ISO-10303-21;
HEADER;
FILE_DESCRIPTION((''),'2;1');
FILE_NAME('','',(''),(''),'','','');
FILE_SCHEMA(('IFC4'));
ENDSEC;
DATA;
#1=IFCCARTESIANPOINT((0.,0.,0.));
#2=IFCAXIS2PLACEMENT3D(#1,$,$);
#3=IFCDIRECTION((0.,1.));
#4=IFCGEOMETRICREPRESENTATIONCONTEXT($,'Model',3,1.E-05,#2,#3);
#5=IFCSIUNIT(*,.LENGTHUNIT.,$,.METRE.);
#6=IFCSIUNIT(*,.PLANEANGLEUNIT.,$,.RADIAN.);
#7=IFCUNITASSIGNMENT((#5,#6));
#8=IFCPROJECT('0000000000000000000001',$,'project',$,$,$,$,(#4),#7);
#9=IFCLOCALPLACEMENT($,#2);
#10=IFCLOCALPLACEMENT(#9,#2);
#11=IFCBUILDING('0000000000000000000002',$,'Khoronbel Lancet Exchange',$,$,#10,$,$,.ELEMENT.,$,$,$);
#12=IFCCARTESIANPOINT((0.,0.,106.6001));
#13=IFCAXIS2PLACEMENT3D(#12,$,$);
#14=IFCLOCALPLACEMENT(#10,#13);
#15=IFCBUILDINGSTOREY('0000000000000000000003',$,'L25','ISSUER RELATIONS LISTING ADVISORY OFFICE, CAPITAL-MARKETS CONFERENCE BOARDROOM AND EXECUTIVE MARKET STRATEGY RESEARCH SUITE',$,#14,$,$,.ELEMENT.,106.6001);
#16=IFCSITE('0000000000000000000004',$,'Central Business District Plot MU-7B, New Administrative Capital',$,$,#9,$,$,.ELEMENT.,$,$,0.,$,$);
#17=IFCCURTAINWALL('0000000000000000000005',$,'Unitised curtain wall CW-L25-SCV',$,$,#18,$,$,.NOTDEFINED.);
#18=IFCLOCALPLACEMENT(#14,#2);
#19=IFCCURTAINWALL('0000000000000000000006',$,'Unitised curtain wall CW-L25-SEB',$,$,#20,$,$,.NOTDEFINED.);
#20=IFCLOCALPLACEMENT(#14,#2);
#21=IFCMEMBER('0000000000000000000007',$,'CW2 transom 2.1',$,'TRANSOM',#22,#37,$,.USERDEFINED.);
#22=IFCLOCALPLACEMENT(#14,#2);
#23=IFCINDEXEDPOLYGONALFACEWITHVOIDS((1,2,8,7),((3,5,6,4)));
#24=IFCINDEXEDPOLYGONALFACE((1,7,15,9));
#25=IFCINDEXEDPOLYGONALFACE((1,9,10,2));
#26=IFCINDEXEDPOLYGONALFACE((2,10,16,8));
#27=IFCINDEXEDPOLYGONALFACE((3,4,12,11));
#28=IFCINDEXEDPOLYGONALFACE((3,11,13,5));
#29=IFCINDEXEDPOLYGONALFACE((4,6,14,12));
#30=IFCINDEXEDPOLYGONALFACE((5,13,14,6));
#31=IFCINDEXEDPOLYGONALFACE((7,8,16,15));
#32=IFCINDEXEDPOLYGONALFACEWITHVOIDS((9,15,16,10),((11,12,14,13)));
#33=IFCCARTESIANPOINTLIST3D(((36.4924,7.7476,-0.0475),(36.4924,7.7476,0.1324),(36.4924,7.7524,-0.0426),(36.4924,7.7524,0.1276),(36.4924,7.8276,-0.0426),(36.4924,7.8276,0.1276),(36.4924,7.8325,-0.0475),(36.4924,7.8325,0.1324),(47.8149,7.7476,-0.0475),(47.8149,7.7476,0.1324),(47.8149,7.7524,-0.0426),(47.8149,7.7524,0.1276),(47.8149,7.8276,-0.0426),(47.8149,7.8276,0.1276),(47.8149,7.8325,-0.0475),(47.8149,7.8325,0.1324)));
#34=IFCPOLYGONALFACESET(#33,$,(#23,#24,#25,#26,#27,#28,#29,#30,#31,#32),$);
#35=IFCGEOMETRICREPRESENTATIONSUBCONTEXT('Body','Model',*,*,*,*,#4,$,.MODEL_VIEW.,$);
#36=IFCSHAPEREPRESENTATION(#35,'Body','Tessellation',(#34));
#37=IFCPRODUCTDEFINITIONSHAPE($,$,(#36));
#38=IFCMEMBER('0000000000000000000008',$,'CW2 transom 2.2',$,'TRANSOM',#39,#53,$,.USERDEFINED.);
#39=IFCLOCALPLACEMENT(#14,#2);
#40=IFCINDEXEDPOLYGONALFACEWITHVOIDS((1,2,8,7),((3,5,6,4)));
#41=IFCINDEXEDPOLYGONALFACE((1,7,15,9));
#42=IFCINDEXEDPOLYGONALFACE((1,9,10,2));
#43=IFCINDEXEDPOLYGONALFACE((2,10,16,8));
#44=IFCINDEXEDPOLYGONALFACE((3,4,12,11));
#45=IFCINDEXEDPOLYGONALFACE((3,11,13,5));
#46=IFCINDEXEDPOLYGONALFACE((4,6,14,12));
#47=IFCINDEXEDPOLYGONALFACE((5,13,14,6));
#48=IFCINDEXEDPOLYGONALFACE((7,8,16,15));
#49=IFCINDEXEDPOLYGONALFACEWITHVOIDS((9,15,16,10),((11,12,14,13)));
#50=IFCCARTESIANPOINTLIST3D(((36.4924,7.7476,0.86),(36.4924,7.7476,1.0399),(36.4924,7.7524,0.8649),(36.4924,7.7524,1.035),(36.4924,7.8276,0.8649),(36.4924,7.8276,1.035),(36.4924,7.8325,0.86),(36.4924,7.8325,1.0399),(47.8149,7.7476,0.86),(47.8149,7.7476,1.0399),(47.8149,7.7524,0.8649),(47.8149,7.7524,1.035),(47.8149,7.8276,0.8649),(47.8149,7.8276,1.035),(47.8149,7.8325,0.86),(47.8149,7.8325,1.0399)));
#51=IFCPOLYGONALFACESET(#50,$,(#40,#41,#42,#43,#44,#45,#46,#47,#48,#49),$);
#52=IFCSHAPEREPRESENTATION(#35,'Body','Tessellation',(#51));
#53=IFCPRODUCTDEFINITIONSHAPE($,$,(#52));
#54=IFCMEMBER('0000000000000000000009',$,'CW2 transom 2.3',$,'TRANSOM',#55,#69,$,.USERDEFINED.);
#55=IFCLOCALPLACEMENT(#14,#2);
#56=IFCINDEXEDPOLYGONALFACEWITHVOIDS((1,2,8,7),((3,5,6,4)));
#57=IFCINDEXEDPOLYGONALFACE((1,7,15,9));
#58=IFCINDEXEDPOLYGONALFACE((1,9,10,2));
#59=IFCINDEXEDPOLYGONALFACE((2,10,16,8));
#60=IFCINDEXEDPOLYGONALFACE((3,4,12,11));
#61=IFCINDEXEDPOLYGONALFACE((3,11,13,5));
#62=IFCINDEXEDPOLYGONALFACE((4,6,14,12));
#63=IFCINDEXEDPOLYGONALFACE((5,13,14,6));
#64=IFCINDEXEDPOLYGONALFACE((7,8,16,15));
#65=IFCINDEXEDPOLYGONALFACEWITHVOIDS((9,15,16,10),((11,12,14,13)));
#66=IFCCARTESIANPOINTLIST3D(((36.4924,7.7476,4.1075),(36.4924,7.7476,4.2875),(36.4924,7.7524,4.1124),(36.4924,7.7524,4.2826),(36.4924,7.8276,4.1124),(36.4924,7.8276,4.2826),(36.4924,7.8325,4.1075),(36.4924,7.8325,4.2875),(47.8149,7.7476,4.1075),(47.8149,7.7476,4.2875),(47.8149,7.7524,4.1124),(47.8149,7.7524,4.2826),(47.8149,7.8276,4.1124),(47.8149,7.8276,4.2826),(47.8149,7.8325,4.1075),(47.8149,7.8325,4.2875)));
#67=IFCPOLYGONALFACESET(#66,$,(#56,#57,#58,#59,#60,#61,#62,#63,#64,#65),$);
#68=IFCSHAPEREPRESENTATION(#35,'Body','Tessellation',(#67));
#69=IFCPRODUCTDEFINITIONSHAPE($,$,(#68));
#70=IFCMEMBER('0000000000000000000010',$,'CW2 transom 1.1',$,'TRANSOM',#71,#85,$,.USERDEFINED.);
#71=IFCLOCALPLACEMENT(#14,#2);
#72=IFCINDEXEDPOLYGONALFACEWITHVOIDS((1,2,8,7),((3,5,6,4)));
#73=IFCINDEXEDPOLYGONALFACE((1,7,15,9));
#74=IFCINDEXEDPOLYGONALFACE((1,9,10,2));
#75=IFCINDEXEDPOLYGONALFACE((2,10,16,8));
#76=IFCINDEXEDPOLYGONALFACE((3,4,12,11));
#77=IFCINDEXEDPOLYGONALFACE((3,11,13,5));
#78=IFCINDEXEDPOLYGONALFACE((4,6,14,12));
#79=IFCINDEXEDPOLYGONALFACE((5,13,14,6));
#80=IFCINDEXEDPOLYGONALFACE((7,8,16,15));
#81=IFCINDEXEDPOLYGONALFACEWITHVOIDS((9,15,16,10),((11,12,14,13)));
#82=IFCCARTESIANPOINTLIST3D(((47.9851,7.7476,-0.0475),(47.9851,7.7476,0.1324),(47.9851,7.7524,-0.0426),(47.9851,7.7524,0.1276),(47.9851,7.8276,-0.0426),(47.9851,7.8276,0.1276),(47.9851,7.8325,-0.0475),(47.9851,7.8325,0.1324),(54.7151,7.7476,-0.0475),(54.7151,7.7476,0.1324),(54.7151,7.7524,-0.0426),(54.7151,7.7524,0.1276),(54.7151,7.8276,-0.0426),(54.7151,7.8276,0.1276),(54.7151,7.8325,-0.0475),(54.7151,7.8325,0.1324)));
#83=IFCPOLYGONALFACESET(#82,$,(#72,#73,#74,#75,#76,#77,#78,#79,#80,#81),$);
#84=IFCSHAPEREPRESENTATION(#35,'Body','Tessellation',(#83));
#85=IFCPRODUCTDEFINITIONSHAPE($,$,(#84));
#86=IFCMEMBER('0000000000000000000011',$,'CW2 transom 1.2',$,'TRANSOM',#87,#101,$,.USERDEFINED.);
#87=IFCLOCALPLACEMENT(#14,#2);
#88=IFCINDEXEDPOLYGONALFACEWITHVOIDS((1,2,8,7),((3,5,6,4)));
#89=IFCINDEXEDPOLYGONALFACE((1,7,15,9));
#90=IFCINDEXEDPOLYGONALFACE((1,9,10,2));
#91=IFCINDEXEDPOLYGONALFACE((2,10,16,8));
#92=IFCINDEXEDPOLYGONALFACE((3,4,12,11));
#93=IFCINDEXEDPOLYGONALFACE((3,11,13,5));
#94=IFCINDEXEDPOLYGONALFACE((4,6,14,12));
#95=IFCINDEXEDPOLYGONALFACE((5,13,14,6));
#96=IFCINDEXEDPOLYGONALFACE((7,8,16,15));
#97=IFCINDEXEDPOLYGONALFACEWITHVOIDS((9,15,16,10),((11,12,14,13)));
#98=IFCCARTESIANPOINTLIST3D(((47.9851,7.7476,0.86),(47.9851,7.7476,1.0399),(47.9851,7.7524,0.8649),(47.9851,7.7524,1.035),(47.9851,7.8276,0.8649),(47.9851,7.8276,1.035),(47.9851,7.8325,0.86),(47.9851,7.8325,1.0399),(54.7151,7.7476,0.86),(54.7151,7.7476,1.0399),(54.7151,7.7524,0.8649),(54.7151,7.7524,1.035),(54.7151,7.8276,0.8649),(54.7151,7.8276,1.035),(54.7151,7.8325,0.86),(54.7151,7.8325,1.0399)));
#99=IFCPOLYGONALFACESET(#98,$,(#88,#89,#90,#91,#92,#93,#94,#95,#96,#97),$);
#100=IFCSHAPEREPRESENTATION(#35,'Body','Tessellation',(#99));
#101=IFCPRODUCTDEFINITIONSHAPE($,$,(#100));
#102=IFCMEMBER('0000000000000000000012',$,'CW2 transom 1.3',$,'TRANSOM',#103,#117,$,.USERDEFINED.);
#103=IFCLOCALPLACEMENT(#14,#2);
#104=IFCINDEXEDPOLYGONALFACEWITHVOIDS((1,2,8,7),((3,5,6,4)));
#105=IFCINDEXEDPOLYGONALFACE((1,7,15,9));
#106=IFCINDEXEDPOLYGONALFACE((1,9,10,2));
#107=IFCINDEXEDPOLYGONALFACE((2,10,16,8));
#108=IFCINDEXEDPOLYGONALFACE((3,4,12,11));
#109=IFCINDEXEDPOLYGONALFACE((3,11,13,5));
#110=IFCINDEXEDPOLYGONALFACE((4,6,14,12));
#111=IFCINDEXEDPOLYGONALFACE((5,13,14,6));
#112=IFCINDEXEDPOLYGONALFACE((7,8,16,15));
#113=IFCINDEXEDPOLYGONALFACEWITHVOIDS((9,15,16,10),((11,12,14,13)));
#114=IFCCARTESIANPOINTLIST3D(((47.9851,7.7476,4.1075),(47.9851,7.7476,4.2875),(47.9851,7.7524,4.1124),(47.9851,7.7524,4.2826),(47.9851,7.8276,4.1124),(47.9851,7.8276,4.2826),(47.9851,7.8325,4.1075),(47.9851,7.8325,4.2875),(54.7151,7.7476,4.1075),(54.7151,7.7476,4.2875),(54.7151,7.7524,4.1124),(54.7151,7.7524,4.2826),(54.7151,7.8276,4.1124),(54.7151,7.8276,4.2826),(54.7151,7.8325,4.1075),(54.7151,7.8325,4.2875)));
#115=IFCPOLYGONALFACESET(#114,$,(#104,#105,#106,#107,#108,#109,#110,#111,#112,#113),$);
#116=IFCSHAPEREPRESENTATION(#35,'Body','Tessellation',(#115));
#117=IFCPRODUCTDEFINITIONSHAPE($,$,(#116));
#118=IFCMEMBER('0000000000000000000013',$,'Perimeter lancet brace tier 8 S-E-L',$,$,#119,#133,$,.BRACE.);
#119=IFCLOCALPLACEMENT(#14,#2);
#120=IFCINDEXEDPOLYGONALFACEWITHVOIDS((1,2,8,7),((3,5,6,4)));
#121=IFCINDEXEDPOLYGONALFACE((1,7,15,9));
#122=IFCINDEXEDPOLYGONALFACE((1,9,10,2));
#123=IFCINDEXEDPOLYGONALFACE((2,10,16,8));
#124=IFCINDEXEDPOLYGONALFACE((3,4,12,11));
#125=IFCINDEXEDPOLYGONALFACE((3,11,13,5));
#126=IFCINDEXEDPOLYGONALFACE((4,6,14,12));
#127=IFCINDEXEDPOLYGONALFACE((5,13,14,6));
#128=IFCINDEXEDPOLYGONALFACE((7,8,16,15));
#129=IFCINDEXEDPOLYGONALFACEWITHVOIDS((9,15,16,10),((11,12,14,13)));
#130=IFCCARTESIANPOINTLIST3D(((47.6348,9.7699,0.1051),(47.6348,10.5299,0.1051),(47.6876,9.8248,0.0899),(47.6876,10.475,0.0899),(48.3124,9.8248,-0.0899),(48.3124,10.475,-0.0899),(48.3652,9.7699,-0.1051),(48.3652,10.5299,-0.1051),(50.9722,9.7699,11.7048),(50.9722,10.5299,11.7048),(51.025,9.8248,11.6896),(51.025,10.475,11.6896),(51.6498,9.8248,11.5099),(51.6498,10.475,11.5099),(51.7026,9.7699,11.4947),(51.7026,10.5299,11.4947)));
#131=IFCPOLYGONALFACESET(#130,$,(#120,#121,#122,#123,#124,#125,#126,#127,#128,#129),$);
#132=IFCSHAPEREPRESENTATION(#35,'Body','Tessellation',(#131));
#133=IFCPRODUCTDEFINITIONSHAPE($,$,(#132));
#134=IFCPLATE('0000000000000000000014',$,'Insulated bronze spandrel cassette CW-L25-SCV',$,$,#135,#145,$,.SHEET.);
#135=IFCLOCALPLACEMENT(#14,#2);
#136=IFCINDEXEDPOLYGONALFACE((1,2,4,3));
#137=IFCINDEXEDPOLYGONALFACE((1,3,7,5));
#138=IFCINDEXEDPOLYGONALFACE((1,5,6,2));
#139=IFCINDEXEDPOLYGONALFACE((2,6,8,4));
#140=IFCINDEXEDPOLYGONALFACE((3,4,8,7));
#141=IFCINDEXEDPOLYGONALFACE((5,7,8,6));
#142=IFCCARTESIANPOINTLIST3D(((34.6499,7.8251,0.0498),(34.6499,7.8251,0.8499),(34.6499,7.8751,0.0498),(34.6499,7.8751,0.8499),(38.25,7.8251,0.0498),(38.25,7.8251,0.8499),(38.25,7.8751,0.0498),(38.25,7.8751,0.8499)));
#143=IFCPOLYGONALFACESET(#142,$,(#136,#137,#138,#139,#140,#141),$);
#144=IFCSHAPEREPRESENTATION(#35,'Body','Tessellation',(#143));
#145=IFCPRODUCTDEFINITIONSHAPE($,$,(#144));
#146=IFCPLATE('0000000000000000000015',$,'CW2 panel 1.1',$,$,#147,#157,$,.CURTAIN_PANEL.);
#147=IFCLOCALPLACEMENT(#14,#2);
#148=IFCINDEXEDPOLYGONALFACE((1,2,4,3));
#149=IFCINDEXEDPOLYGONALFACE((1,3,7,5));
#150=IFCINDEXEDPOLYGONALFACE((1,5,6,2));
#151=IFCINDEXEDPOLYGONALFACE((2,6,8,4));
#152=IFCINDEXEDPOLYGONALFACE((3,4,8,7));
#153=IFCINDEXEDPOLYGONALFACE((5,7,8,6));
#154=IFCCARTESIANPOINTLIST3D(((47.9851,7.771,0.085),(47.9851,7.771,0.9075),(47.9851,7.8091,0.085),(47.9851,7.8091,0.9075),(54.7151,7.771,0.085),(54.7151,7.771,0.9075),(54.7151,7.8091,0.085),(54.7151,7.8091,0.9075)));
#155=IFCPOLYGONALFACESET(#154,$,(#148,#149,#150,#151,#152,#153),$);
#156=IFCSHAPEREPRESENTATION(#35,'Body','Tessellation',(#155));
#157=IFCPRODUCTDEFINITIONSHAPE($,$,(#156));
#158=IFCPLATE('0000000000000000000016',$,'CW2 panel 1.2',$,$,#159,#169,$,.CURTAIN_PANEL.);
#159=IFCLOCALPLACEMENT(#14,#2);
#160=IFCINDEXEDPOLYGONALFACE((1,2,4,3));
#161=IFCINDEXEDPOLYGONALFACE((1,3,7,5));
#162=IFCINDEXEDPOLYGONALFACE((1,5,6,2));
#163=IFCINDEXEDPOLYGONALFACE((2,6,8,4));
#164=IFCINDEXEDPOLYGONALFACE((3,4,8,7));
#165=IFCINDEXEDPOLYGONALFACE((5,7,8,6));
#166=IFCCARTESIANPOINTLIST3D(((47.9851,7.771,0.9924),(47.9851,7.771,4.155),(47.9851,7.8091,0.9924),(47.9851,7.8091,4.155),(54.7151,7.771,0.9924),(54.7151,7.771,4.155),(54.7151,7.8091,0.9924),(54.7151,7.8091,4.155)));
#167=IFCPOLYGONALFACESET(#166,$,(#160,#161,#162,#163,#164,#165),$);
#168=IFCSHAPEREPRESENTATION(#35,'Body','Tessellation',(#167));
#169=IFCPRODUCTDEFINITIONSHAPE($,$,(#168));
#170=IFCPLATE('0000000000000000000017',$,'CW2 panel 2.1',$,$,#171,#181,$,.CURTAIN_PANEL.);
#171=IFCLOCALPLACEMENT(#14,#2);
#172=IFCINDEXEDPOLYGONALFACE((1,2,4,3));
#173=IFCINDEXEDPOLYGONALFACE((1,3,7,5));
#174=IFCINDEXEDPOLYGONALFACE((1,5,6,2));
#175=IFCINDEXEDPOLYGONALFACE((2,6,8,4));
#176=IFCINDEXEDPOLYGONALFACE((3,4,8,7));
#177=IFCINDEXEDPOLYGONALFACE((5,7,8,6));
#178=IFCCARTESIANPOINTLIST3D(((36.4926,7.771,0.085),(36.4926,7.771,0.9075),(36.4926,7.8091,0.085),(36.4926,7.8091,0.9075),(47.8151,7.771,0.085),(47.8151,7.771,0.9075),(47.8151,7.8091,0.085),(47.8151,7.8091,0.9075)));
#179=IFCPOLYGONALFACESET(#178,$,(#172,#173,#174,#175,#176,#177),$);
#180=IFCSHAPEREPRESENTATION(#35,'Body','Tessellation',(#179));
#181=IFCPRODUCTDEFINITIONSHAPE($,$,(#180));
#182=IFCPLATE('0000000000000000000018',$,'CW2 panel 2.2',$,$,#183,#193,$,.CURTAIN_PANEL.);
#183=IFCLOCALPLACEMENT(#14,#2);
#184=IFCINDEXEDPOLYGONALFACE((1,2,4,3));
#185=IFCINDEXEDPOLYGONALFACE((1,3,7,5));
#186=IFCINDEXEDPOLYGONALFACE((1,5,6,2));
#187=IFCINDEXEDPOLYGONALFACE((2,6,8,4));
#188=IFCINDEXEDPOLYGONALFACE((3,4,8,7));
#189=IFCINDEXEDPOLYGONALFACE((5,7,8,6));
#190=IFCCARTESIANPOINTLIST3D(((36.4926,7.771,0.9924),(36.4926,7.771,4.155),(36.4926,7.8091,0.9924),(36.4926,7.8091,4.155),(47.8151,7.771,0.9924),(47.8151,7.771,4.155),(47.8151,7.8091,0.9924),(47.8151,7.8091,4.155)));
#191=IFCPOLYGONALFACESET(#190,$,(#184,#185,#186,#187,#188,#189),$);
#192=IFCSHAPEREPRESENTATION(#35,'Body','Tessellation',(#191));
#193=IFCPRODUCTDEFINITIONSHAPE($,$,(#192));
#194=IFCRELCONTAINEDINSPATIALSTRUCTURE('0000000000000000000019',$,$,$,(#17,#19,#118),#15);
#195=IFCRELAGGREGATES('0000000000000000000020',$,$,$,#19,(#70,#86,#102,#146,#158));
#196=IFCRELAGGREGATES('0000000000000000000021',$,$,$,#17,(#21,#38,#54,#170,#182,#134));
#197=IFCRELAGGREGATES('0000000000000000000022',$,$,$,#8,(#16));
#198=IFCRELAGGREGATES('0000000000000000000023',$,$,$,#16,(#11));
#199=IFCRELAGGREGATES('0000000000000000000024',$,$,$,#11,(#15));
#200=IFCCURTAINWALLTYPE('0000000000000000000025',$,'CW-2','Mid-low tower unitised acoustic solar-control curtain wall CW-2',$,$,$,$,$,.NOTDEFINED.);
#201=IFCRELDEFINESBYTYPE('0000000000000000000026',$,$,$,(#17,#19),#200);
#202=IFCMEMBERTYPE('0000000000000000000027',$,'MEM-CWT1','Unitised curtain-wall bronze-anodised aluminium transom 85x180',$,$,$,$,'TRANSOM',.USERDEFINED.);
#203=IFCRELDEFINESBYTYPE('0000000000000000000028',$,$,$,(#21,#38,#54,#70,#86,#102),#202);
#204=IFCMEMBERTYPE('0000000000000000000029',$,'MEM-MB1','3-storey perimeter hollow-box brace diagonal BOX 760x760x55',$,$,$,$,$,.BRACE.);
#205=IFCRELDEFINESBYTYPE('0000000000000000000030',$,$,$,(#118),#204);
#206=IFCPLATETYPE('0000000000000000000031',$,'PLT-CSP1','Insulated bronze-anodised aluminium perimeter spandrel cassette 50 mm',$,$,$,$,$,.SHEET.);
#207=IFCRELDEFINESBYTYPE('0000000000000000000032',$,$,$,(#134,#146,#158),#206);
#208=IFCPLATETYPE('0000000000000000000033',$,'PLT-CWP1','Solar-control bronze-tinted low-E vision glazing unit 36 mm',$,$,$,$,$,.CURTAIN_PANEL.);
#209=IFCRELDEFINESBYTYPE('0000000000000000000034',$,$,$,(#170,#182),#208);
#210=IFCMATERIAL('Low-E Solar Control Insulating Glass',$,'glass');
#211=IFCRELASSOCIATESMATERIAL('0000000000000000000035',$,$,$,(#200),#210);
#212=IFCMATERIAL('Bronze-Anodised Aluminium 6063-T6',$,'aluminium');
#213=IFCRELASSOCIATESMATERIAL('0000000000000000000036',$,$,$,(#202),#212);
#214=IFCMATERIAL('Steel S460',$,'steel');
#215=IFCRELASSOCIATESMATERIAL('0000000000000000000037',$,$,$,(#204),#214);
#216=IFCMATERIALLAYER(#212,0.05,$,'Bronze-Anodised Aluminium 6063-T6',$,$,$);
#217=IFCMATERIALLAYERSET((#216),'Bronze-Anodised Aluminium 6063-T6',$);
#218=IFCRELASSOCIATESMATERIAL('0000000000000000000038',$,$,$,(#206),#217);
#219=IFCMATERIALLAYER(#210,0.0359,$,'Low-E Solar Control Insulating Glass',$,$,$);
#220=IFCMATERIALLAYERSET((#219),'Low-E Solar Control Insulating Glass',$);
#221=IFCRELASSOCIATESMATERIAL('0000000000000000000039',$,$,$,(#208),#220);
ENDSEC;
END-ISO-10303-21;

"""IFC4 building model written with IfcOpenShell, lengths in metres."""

from ifc_helpers import new_model, si_unit, direction, frame, origin, origin_2d, place, context, subcontext, project, spatial, rectangle, hollow_rectangle, extrude, material, layer, layer_set, material_profile, profile_set, type_object, element, aggregate, save


model = new_model("IFC4")

# Units and contexts
model_context = context("Model", 3, precision=1e-05, world=origin(), true_north=direction((0.0, 1.0)))
body_context = subcontext(model_context, "Body", "Model", "MODEL_VIEW")
ifc_project = project(units=[si_unit("LENGTHUNIT", "METRE"), si_unit("PLANEANGLEUNIT", "RADIAN")], contexts=[model_context])

# Site, building, storey
site_placement = place(None, origin())
site = spatial("IfcSite", under=ifc_project, at=site_placement, Name="Central Business District Plot MU-7B, New Administrative Capital", CompositionType="ELEMENT", RefElevation=0.0)
building_placement = place(site_placement, origin())
building = spatial("IfcBuilding", under=site, at=building_placement, Name="Khoronbel Lancet Exchange", CompositionType="ELEMENT")
storey_placement = place(building_placement, frame((0.0, 0.0, 106.6001)))
storey = spatial("IfcBuildingStorey", under=building, at=storey_placement, Name="L25", Description="ISSUER RELATIONS LISTING ADVISORY OFFICE, CAPITAL-MARKETS CONFERENCE BOARDROOM AND EXECUTIVE MARKET STRATEGY RESEARCH SUITE", CompositionType="ELEMENT", Elevation=106.6001)

# Shared definitions
ifc_material_1 = material(Name="Steel S460", Category="steel")

# Curtain wall
ifc_material_2 = material(Name="Low-E Solar Control Insulating Glass", Category="glass")
curtain_wall_type = type_object("IfcCurtainWallType", Name="CW-2", Description="Mid-low tower unitised acoustic solar-control curtain wall CW-2", PredefinedType="NOTDEFINED", material=ifc_material_2)
curtain_wall_1_placement = place(storey_placement, origin())
curtain_wall_1 = element("IfcCurtainWall", 1, at=curtain_wall_1_placement, inside=storey, type_object=curtain_wall_type, Name="Unitised curtain wall CW-L25-SCV", PredefinedType="NOTDEFINED")
ifc_material_3 = material(Name="Bronze-Anodised Aluminium 6063-T6", Category="aluminium")

# Curtain wall
curtain_wall_2_placement = place(storey_placement, origin())
curtain_wall_2 = element("IfcCurtainWall", 2, at=curtain_wall_2_placement, inside=storey, type_object=curtain_wall_type, Name="Unitised curtain wall CW-L25-SEB", PredefinedType="NOTDEFINED")

# Members
ifc_material_profile_1 = material_profile(ifc_material_3, hollow_rectangle(XDim=0.085, YDim=0.1799, WallThickness=0.0049, at=origin_2d()), Name="ALU TRANSOM 85x180")
ifc_profile_set_1 = profile_set([ifc_material_profile_1], Name="Bronze-Anodised Aluminium 6063-T6")
member_type_1 = type_object("IfcMemberType", Name="MEM-CWT1", Description="Unitised curtain-wall bronze-anodised aluminium transom 85x180", ElementType="TRANSOM", PredefinedType="USERDEFINED", material=ifc_profile_set_1)
member_1_placement = place(storey_placement, frame((36.4924, 7.79, 0.0425), z_axis=(1.0, 0.0, 0.0), x_axis=(0.0, 1.0, 0.0)))
member_1 = element("IfcMember", 3, at=member_1_placement, type_object=member_type_1, Name="CW2 transom 2.1", ObjectType="TRANSOM", PredefinedType="USERDEFINED", context=body_context, shape_type="SweptSolid", body=[
    extrude(hollow_rectangle(XDim=0.085, YDim=0.1799, WallThickness=0.0049, at=origin_2d()), origin(), (0.0, 0.0, 1.0), 11.3225),
])
member_2_placement = place(storey_placement, frame((36.4924, 7.79, 0.95), z_axis=(1.0, 0.0, 0.0), x_axis=(0.0, 1.0, 0.0)))
member_2 = element("IfcMember", 4, at=member_2_placement, type_object=member_type_1, Name="CW2 transom 2.2", ObjectType="TRANSOM", PredefinedType="USERDEFINED", context=body_context, shape_type="SweptSolid", body=[
    extrude(hollow_rectangle(XDim=0.085, YDim=0.1799, WallThickness=0.0049, at=origin_2d()), origin(), (0.0, 0.0, 1.0), 11.3225),
])
member_3_placement = place(storey_placement, frame((36.4924, 7.79, 4.1975), z_axis=(1.0, 0.0, 0.0), x_axis=(0.0, 1.0, 0.0)))
member_3 = element("IfcMember", 5, at=member_3_placement, type_object=member_type_1, Name="CW2 transom 2.3", ObjectType="TRANSOM", PredefinedType="USERDEFINED", context=body_context, shape_type="SweptSolid", body=[
    extrude(hollow_rectangle(XDim=0.085, YDim=0.1799, WallThickness=0.0049, at=origin_2d()), origin(), (0.0, 0.0, 1.0), 11.3225),
])
member_4_placement = place(storey_placement, frame((47.9851, 7.79, 0.0425), z_axis=(1.0, 0.0, 0.0), x_axis=(0.0, 1.0, 0.0)))
member_4 = element("IfcMember", 6, at=member_4_placement, type_object=member_type_1, Name="CW2 transom 1.1", ObjectType="TRANSOM", PredefinedType="USERDEFINED", context=body_context, shape_type="SweptSolid", body=[
    extrude(hollow_rectangle(XDim=0.085, YDim=0.1799, WallThickness=0.0049, at=origin_2d()), origin(), (0.0, 0.0, 1.0), 6.73),
])
member_5_placement = place(storey_placement, frame((47.9851, 7.79, 0.95), z_axis=(1.0, 0.0, 0.0), x_axis=(0.0, 1.0, 0.0)))
member_5 = element("IfcMember", 7, at=member_5_placement, type_object=member_type_1, Name="CW2 transom 1.2", ObjectType="TRANSOM", PredefinedType="USERDEFINED", context=body_context, shape_type="SweptSolid", body=[
    extrude(hollow_rectangle(XDim=0.085, YDim=0.1799, WallThickness=0.0049, at=origin_2d()), origin(), (0.0, 0.0, 1.0), 6.73),
])
member_6_placement = place(storey_placement, frame((47.9851, 7.79, 4.1975), z_axis=(1.0, 0.0, 0.0), x_axis=(0.0, 1.0, 0.0)))
member_6 = element("IfcMember", 8, at=member_6_placement, type_object=member_type_1, Name="CW2 transom 1.3", ObjectType="TRANSOM", PredefinedType="USERDEFINED", context=body_context, shape_type="SweptSolid", body=[
    extrude(hollow_rectangle(XDim=0.085, YDim=0.1799, WallThickness=0.0049, at=origin_2d()), origin(), (0.0, 0.0, 1.0), 6.73),
])
ifc_material_profile_2 = material_profile(ifc_material_1, hollow_rectangle(XDim=0.76, YDim=0.76, WallThickness=0.0549, at=origin_2d()), Name="BOX 760x760x55")
ifc_profile_set_2 = profile_set([ifc_material_profile_2], Name="Steel S460")
member_type_2 = type_object("IfcMemberType", Name="MEM-MB1", Description="3-storey perimeter hollow-box brace diagonal BOX 760x760x55", PredefinedType="BRACE", material=ifc_profile_set_2)
member_7_placement = place(storey_placement, frame((48.0, 10.1499, 0.0), z_axis=(0.276494, 0.0, 0.961016), x_axis=(0.0, 1.0, 0.0)))
element("IfcMember", 9, at=member_7_placement, inside=storey, type_object=member_type_2, Name="Perimeter lancet brace tier 8 S-E-L", PredefinedType="BRACE", context=body_context, shape_type="SweptSolid", body=[
    extrude(hollow_rectangle(XDim=0.76, YDim=0.76, WallThickness=0.0549, at=origin_2d()), origin(), (0.0, 0.0, 1.0), 12.0703),
])

# Plates
ifc_layer_1 = layer(ifc_material_3, 0.05, Name="Bronze-Anodised Aluminium 6063-T6")
ifc_layer_set_1 = layer_set([ifc_layer_1], Name="Bronze-Anodised Aluminium 6063-T6")
plate_type_1 = type_object("IfcPlateType", Name="PLT-CSP1", Description="Insulated bronze-anodised aluminium perimeter spandrel cassette 50 mm", PredefinedType="SHEET", material=ifc_layer_set_1)
plate_1_placement = place(storey_placement, frame((36.45, 7.8501, 0.0498), z_axis=(0.0, 0.0, 1.0), x_axis=(1.0, 0.0, 0.0)))
plate_1 = element("IfcPlate", 10, at=plate_1_placement, type_object=plate_type_1, Name="Insulated bronze spandrel cassette CW-L25-SCV", PredefinedType="SHEET", context=body_context, shape_type="SweptSolid", body=[
    extrude(rectangle(XDim=3.6001, YDim=0.05, at=origin_2d()), origin(), (0.0, 0.0, 1.0), 0.8),
])
plate_2_placement = place(storey_placement, frame((51.3501, 7.79, 0.085), z_axis=(0.0, 0.0, 1.0), x_axis=(1.0, 0.0, 0.0)))
plate_2 = element("IfcPlate", 11, at=plate_2_placement, type_object=plate_type_1, Name="CW2 panel 1.1", PredefinedType="CURTAIN_PANEL", context=body_context, shape_type="SweptSolid", body=[
    extrude(rectangle(XDim=6.73, YDim=0.0381, at=origin_2d()), origin(), (0.0, 0.0, 1.0), 0.8225),
])
plate_3_placement = place(storey_placement, frame((51.3501, 7.79, 0.9924), z_axis=(0.0, 0.0, 1.0), x_axis=(1.0, 0.0, 0.0)))
plate_3 = element("IfcPlate", 12, at=plate_3_placement, type_object=plate_type_1, Name="CW2 panel 1.2", PredefinedType="CURTAIN_PANEL", context=body_context, shape_type="SweptSolid", body=[
    extrude(rectangle(XDim=6.73, YDim=0.0381, at=origin_2d()), origin(), (0.0, 0.0, 1.0), 3.1626),
])
aggregate(curtain_wall_2, [member_4, member_5, member_6, plate_2, plate_3])
ifc_layer_2 = layer(ifc_material_2, 0.0359, Name="Low-E Solar Control Insulating Glass")
ifc_layer_set_2 = layer_set([ifc_layer_2], Name="Low-E Solar Control Insulating Glass")
plate_type_2 = type_object("IfcPlateType", Name="PLT-CWP1", Description="Solar-control bronze-tinted low-E vision glazing unit 36 mm", PredefinedType="CURTAIN_PANEL", material=ifc_layer_set_2)
plate_4_placement = place(storey_placement, frame((42.1538, 7.79, 0.085), z_axis=(0.0, 0.0, 1.0), x_axis=(1.0, 0.0, 0.0)))
plate_4 = element("IfcPlate", 13, at=plate_4_placement, type_object=plate_type_2, Name="CW2 panel 2.1", PredefinedType="CURTAIN_PANEL", context=body_context, shape_type="SweptSolid", body=[
    extrude(rectangle(XDim=11.3225, YDim=0.0381, at=origin_2d()), origin(), (0.0, 0.0, 1.0), 0.8225),
])
plate_5_placement = place(storey_placement, frame((42.1538, 7.79, 0.9924), z_axis=(0.0, 0.0, 1.0), x_axis=(1.0, 0.0, 0.0)))
plate_5 = element("IfcPlate", 14, at=plate_5_placement, type_object=plate_type_2, Name="CW2 panel 2.2", PredefinedType="CURTAIN_PANEL", context=body_context, shape_type="SweptSolid", body=[
    extrude(rectangle(XDim=11.3225, YDim=0.0381, at=origin_2d()), origin(), (0.0, 0.0, 1.0), 3.1626),
])
aggregate(curtain_wall_1, [member_1, member_2, member_3, plate_4, plate_5, plate_1])

save(model, "model.ifc")
